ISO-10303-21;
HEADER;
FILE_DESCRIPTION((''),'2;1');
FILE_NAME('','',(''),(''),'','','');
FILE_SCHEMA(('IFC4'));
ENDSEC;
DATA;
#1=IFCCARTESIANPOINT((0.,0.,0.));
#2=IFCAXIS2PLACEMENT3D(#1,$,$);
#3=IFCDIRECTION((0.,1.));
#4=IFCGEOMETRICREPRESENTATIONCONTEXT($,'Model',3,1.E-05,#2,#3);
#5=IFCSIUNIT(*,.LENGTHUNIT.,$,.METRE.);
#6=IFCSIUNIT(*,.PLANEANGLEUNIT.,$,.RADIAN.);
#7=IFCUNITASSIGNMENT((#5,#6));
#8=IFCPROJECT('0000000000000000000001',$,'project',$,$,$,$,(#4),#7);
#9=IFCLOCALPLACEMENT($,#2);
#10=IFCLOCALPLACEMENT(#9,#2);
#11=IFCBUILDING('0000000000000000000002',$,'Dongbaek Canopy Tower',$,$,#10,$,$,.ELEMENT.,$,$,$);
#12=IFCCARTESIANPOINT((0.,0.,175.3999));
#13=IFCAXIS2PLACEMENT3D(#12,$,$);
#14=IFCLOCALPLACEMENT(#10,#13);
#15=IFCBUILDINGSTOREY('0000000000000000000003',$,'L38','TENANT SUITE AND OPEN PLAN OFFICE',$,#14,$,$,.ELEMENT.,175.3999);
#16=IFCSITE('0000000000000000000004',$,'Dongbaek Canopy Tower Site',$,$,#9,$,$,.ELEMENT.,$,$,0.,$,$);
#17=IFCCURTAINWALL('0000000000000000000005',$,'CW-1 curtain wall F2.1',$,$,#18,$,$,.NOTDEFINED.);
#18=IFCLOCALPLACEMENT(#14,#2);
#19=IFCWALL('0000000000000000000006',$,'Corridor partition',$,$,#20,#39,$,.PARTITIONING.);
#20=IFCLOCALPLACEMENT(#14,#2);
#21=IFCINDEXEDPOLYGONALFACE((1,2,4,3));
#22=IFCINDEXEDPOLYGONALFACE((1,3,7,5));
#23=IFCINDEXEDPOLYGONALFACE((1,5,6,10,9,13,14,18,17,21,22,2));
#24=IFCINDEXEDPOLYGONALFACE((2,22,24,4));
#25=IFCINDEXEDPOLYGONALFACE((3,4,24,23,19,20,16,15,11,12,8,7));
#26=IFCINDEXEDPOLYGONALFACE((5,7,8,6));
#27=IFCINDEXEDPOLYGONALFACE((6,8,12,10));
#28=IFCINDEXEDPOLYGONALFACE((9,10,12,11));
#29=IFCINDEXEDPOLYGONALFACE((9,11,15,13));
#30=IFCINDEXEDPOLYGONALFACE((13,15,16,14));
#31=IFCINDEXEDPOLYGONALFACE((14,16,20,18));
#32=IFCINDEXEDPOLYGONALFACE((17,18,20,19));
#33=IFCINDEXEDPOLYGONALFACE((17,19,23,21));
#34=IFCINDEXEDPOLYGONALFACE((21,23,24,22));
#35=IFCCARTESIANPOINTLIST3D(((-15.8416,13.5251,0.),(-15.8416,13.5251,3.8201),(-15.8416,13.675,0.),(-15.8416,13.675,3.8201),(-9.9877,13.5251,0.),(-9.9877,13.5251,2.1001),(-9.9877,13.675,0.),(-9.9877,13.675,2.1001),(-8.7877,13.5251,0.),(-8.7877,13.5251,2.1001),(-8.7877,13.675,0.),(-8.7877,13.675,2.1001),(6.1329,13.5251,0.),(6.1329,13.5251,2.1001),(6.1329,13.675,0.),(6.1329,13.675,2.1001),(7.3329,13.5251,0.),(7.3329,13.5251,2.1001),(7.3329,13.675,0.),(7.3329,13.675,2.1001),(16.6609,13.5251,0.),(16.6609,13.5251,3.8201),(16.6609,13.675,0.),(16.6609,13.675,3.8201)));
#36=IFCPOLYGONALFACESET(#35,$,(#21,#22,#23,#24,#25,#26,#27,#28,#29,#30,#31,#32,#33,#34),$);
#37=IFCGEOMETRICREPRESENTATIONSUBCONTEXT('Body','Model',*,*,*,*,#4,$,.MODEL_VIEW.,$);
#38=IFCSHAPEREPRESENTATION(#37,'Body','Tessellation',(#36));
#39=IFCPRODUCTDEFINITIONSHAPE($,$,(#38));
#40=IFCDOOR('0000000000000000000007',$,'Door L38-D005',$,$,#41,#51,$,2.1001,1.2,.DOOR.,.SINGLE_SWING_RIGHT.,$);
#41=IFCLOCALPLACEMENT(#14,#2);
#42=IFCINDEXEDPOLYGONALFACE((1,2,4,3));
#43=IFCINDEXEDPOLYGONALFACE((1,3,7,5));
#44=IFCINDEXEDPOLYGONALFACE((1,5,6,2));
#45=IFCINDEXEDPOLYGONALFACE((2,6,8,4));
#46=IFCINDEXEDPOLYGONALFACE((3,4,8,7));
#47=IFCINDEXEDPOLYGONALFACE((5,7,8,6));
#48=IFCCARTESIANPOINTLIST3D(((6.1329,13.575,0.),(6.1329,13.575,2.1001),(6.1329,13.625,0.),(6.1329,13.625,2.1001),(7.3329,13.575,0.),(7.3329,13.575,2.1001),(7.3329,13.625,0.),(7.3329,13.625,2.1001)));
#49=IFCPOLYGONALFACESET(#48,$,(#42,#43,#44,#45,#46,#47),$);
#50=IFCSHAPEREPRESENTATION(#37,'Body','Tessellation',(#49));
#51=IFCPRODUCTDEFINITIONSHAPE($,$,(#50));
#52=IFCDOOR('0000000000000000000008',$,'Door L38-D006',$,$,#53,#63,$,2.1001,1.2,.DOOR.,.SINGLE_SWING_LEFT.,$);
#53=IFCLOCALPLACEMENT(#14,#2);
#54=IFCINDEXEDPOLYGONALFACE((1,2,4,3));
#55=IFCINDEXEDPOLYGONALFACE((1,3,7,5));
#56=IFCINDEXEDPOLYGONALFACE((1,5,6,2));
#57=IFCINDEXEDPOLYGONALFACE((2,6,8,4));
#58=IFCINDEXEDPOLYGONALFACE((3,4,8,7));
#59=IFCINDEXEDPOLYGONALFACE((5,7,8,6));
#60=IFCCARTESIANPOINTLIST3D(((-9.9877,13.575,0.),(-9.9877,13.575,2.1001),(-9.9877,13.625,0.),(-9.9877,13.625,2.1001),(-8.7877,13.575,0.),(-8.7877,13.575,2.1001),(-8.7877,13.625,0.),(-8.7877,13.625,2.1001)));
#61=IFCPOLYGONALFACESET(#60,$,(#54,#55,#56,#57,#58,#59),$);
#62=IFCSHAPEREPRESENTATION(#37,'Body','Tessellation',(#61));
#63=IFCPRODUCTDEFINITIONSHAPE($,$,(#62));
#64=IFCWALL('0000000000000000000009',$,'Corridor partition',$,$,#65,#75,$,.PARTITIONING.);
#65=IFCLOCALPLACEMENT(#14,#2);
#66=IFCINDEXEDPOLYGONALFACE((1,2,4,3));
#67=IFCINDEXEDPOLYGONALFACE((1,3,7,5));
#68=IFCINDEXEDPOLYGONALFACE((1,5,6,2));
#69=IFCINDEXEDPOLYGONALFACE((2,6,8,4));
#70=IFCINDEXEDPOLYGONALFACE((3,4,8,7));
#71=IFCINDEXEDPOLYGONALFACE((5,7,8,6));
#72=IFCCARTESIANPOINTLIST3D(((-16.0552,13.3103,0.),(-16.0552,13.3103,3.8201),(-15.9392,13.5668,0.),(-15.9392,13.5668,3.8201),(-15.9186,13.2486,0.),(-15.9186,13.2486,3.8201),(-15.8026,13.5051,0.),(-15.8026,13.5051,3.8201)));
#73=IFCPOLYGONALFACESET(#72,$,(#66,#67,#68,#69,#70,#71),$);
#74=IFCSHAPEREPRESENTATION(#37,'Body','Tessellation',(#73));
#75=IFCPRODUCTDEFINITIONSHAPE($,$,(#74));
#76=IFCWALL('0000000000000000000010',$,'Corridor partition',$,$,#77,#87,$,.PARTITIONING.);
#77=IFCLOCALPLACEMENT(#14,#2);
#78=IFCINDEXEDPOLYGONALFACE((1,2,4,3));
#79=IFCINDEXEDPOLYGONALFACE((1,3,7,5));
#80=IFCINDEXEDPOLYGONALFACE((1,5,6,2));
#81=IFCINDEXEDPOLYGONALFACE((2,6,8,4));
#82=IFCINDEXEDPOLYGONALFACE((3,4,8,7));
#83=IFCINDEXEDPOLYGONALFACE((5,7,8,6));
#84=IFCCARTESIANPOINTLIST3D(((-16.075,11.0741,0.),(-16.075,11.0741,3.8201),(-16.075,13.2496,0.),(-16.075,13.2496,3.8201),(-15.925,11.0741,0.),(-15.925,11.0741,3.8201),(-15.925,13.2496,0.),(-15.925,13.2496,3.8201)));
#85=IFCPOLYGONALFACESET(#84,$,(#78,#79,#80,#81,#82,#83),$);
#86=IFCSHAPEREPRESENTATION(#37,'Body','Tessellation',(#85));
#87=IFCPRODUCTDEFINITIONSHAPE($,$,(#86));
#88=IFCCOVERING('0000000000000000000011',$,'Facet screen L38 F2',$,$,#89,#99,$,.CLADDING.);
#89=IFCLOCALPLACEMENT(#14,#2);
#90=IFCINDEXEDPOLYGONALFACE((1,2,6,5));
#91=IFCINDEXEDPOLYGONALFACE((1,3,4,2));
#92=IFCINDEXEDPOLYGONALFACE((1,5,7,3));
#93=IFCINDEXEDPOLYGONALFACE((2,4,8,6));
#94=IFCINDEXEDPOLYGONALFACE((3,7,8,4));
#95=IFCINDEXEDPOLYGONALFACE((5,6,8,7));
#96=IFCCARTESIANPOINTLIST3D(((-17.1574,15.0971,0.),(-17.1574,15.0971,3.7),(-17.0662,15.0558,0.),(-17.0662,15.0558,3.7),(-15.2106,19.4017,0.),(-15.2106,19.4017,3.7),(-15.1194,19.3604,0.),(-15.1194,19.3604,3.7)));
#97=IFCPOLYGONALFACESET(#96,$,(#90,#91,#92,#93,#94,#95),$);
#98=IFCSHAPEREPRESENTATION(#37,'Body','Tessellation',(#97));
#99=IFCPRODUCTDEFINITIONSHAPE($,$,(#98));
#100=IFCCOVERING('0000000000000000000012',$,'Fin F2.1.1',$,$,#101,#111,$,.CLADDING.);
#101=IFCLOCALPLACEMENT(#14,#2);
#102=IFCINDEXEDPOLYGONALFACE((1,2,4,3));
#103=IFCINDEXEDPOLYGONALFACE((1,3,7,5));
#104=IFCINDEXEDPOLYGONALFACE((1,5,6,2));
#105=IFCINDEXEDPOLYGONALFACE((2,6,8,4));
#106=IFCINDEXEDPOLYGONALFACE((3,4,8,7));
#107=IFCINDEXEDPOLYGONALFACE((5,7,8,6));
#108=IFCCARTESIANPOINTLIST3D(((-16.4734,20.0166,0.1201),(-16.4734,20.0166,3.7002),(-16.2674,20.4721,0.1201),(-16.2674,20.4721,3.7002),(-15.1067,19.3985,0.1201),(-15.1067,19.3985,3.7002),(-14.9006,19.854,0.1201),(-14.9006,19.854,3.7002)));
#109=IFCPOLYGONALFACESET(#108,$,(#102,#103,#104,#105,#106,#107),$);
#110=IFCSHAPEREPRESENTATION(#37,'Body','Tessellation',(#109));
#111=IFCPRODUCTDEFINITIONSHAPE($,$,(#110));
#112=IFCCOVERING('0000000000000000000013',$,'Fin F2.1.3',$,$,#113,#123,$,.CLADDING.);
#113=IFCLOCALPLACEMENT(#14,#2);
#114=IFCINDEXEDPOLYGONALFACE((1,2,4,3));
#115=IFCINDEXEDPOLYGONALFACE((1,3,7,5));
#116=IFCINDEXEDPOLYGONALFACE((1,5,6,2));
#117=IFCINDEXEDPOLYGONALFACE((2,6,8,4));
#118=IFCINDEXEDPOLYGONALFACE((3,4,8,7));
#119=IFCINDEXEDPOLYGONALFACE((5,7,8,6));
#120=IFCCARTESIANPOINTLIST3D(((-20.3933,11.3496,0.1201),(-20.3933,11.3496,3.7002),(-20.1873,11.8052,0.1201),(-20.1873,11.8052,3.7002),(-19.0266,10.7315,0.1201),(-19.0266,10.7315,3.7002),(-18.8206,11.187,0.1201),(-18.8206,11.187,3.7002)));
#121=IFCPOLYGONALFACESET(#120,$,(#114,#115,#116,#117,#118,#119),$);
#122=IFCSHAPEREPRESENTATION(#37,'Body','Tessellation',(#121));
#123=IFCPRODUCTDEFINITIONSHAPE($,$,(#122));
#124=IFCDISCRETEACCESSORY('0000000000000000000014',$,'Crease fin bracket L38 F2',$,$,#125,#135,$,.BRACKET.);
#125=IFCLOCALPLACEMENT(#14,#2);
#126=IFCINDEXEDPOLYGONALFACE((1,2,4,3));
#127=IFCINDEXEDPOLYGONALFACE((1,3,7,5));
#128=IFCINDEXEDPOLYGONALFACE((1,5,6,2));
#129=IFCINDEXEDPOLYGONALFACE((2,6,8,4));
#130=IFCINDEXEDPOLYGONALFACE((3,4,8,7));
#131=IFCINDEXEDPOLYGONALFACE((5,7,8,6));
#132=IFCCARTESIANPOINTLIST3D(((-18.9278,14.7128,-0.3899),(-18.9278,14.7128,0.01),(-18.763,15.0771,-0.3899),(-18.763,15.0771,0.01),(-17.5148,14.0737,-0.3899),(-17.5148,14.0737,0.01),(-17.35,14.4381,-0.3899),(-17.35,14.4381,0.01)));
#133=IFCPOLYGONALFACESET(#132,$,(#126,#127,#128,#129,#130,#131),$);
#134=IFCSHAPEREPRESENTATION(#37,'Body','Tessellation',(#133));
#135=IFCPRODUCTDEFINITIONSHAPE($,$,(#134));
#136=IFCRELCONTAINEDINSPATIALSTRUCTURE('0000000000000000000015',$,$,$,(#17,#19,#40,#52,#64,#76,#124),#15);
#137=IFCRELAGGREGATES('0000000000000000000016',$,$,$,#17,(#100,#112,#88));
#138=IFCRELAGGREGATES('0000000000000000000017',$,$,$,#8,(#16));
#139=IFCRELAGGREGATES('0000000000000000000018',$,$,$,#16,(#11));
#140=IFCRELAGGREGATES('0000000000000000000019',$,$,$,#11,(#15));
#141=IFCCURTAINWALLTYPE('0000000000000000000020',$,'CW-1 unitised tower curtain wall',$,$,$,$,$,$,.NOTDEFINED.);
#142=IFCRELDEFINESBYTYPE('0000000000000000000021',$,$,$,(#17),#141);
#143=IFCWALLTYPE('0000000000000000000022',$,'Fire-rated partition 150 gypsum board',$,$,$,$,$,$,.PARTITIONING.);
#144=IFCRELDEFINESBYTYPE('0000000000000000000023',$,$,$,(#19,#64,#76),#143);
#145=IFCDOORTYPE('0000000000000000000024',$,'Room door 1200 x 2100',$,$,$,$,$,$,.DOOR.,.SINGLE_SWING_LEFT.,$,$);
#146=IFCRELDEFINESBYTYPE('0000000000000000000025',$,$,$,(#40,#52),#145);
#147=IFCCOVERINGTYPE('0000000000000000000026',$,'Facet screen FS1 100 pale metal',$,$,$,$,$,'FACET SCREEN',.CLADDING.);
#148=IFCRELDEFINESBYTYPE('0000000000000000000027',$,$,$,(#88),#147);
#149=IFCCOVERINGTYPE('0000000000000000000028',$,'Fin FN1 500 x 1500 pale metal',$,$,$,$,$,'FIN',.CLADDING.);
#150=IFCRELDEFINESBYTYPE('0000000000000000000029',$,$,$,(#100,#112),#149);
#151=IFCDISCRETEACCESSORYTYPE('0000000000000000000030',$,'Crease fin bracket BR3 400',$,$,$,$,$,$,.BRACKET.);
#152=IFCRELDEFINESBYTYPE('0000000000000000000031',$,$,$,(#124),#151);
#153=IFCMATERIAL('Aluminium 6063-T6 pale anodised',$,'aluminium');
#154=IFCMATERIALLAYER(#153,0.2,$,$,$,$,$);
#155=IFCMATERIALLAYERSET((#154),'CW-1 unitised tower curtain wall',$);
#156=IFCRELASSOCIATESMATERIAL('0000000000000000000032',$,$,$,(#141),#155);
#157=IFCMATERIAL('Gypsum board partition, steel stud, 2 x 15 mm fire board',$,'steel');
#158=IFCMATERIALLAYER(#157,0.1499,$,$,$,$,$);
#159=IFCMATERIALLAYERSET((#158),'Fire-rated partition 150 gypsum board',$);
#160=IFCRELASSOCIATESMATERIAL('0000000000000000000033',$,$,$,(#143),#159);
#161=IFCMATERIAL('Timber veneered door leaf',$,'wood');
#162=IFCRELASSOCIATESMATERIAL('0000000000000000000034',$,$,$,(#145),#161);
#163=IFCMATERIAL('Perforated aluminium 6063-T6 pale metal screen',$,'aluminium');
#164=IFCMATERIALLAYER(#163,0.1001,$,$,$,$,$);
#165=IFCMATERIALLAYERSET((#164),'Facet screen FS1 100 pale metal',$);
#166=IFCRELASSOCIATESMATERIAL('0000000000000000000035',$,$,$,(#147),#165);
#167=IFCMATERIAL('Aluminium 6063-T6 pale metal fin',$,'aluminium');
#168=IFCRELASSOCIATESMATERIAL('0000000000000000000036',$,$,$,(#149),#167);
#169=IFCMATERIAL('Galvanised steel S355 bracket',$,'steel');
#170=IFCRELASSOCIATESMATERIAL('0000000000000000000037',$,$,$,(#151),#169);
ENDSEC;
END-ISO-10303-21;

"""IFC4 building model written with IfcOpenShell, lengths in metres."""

from ifc_helpers import new_model, si_unit, direction, frame, frame_2d, origin, origin_2d, place, context, subcontext, project, spatial, rectangle, extrude, material, layer, layer_set, material_profile, profile_set, type_object, element, fill, aggregate, save


model = new_model("IFC4")

# Units and contexts
model_context = context("Model", 3, precision=1e-05, world=origin(), true_north=direction((0.0, 1.0)))
body_context = subcontext(model_context, "Body", "Model", "MODEL_VIEW")
ifc_project = project(units=[si_unit("LENGTHUNIT", "METRE"), si_unit("PLANEANGLEUNIT", "RADIAN")], contexts=[model_context])

# Site, building, storey
site_placement = place(None, origin())
site = spatial("IfcSite", under=ifc_project, at=site_placement, Name="Dongbaek Canopy Tower Site", CompositionType="ELEMENT", RefElevation=0.0)
building_placement = place(site_placement, origin())
building = spatial("IfcBuilding", under=site, at=building_placement, Name="Dongbaek Canopy Tower", CompositionType="ELEMENT")
storey_placement = place(building_placement, frame((0.0, 0.0, 175.3999)))
storey = spatial("IfcBuildingStorey", under=building, at=storey_placement, Name="L38", Description="TENANT SUITE AND OPEN PLAN OFFICE", CompositionType="ELEMENT", Elevation=175.3999)

# Curtain wall
ifc_material_1 = material(Name="Aluminium 6063-T6 pale anodised", Category="aluminium")
ifc_layer_1 = layer(ifc_material_1, 0.2)
ifc_layer_set_1 = layer_set([ifc_layer_1], Name="CW-1 unitised tower curtain wall")
curtain_wall_type = type_object("IfcCurtainWallType", Name="CW-1 unitised tower curtain wall", PredefinedType="NOTDEFINED", material=ifc_layer_set_1)
curtain_wall_1_placement = place(storey_placement, origin())
curtain_wall_1 = element("IfcCurtainWall", 1, at=curtain_wall_1_placement, inside=storey, type_object=curtain_wall_type, Name="CW-1 curtain wall F2.1", PredefinedType="NOTDEFINED")

# Wall, openings, doors
ifc_material_2 = material(Name="Gypsum board partition, steel stud, 2 x 15 mm fire board", Category="steel")
ifc_layer_2 = layer(ifc_material_2, 0.1499)
ifc_layer_set_2 = layer_set([ifc_layer_2], Name="Fire-rated partition 150 gypsum board")
wall_type = type_object("IfcWallType", Name="Fire-rated partition 150 gypsum board", PredefinedType="PARTITIONING", material=ifc_layer_set_2)
wall_1_placement = place(storey_placement, frame((-15.8416, 13.6001, 0.0), z_axis=(0.0, 0.0, 1.0), x_axis=(1.0, 0.0, 0.0)))
wall_1 = element("IfcWall", 2, at=wall_1_placement, inside=storey, type_object=wall_type, Name="Corridor partition", PredefinedType="PARTITIONING", context=body_context, shape_type="SweptSolid", body=[
    extrude(rectangle(XDim=32.5024, YDim=0.1499, at=frame_2d((16.2512, 0.0))), origin(), (0.0, 0.0, 1.0), 3.8201),
])
opening_1_placement = place(wall_1_placement, frame((21.9744, 0.0, 0.0)))
opening_1 = element("IfcOpeningElement", 3, at=opening_1_placement, cuts=wall_1, PredefinedType="OPENING", context=body_context, shape_type="SweptSolid", body=[
    extrude(rectangle(XDim=1.2, YDim=2.1001, at=frame_2d((0.6001, 1.05))), frame((0.0, 0.085, 0.0), z_axis=(0.0, -1.0, 0.0), x_axis=(1.0, 0.0, 0.0)), (0.0, 0.0, 1.0), 0.1699),
])
opening_2_placement = place(wall_1_placement, frame((5.8538, 0.0, 0.0)))
opening_2 = element("IfcOpeningElement", 4, at=opening_2_placement, cuts=wall_1, PredefinedType="OPENING", context=body_context, shape_type="SweptSolid", body=[
    extrude(rectangle(XDim=1.2, YDim=2.1001, at=frame_2d((0.6001, 1.05))), frame((0.0, 0.085, 0.0), z_axis=(0.0, -1.0, 0.0), x_axis=(1.0, 0.0, 0.0)), (0.0, 0.0, 1.0), 0.1699),
])
ifc_material_3 = material(Name="Timber veneered door leaf", Category="wood")
door_type = type_object("IfcDoorType", Name="Room door 1200 x 2100", OperationType="SINGLE_SWING_LEFT", PredefinedType="DOOR", material=ifc_material_3)
door_1_placement = place(opening_1_placement, origin())
door_1 = element("IfcDoor", 5, at=door_1_placement, inside=storey, type_object=door_type, Name="Door L38-D005", OperationType="SINGLE_SWING_RIGHT", OverallHeight=2.1001, OverallWidth=1.2, PredefinedType="DOOR", context=body_context, shape_type="SweptSolid", body=[
    extrude(rectangle(XDim=1.2, YDim=2.1001, at=frame_2d((0.6001, 1.05))), frame((0.0, 0.0249, 0.0), z_axis=(0.0, -1.0, 0.0), x_axis=(1.0, 0.0, 0.0)), (0.0, 0.0, 1.0), 0.05),
])
fill(opening_1, door_1)
door_2_placement = place(opening_2_placement, origin())
door_2 = element("IfcDoor", 6, at=door_2_placement, inside=storey, type_object=door_type, Name="Door L38-D006", OperationType="SINGLE_SWING_LEFT", OverallHeight=2.1001, OverallWidth=1.2, PredefinedType="DOOR", context=body_context, shape_type="SweptSolid", body=[
    extrude(rectangle(XDim=1.2, YDim=2.1001, at=frame_2d((0.6001, 1.05))), frame((0.0, 0.0249, 0.0), z_axis=(0.0, -1.0, 0.0), x_axis=(1.0, 0.0, 0.0)), (0.0, 0.0, 1.0), 0.05),
])
fill(opening_2, door_2)

# Walls
wall_2_placement = place(storey_placement, frame((-15.9868, 13.2795, 0.0), z_axis=(0.0, 0.0, 1.0), x_axis=(0.411842, 0.911255, 0.0)))
element("IfcWall", 7, at=wall_2_placement, inside=storey, type_object=wall_type, Name="Corridor partition", PredefinedType="PARTITIONING", context=body_context, shape_type="SweptSolid", body=[
    extrude(rectangle(XDim=0.2815, YDim=0.1499, at=frame_2d((0.1406, 0.0))), origin(), (0.0, 0.0, 1.0), 3.8201),
])
wall_3_placement = place(storey_placement, frame((-16.0, 11.074, 0.0), z_axis=(0.0, 0.0, 1.0), x_axis=(0.0, 1.0, 0.0)))
element("IfcWall", 8, at=wall_3_placement, inside=storey, type_object=wall_type, Name="Corridor partition", PredefinedType="PARTITIONING", context=body_context, shape_type="SweptSolid", body=[
    extrude(rectangle(XDim=2.1755, YDim=0.1499, at=frame_2d((1.0879, 0.0))), origin(), (0.0, 0.0, 1.0), 3.8201),
])

# Coverings
ifc_material_4 = material(Name="Perforated aluminium 6063-T6 pale metal screen", Category="aluminium")
ifc_layer_3 = layer(ifc_material_4, 0.1001)
ifc_layer_set_3 = layer_set([ifc_layer_3], Name="Facet screen FS1 100 pale metal")
covering_type_1 = type_object("IfcCoveringType", Name="Facet screen FS1 100 pale metal", ElementType="FACET SCREEN", PredefinedType="CLADDING", material=ifc_layer_set_3)
covering_1_placement = place(storey_placement, frame((-16.1384, 17.2288, 0.0), z_axis=(0.0, 0.0, 1.0), x_axis=(-0.412081, -0.911147, 0.0)))
covering_1 = element("IfcCovering", 9, at=covering_1_placement, type_object=covering_type_1, Name="Facet screen L38 F2", PredefinedType="CLADDING", context=body_context, shape_type="SweptSolid", body=[
    extrude(rectangle(XDim=4.7244, YDim=0.1001, at=origin_2d()), origin(), (0.0, 0.0, 1.0), 3.7),
])
ifc_material_5 = material(Name="Aluminium 6063-T6 pale metal fin", Category="aluminium")
ifc_material_profile_1 = material_profile(ifc_material_5, rectangle(XDim=1.5, YDim=0.5, at=origin_2d()), Name="Fin FN1 500 x 1500 pale metal")
ifc_profile_set_1 = profile_set([ifc_material_profile_1], Name="Aluminium 6063-T6 pale metal fin")
covering_type_2 = type_object("IfcCoveringType", Name="Fin FN1 500 x 1500 pale metal", ElementType="FIN", PredefinedType="CLADDING", material=ifc_profile_set_1)
covering_2_placement = place(storey_placement, frame((-15.687, 19.9353, 0.1201), z_axis=(0.0, 0.0, 1.0), x_axis=(-0.911148, 0.41208, 0.0)))
covering_2 = element("IfcCovering", 10, at=covering_2_placement, type_object=covering_type_2, Name="Fin F2.1.1", PredefinedType="CLADDING", context=body_context, shape_type="SweptSolid", body=[
    extrude(rectangle(XDim=1.5, YDim=0.5, at=origin_2d()), origin(), (0.0, 0.0, 1.0), 3.5801),
])
covering_3_placement = place(storey_placement, frame((-19.6069, 11.2683, 0.1201), z_axis=(0.0, 0.0, 1.0), x_axis=(-0.911148, 0.41208, 0.0)))
covering_3 = element("IfcCovering", 11, at=covering_3_placement, type_object=covering_type_2, Name="Fin F2.1.3", PredefinedType="CLADDING", context=body_context, shape_type="SweptSolid", body=[
    extrude(rectangle(XDim=1.5, YDim=0.5, at=origin_2d()), origin(), (0.0, 0.0, 1.0), 3.5801),
])
aggregate(curtain_wall_1, [covering_2, covering_3, covering_1])

# Discrete accessory
ifc_material_6 = material(Name="Galvanised steel S355 bracket", Category="steel")
discrete_accessory_type = type_object("IfcDiscreteAccessoryType", Name="Crease fin bracket BR3 400", PredefinedType="BRACKET", material=ifc_material_6)
discrete_accessory_placement = place(storey_placement, frame((-18.1389, 14.5754, -0.3899), z_axis=(0.0, 0.0, 1.0), x_axis=(-0.911147, 0.412081, 0.0)))
element("IfcDiscreteAccessory", 12, at=discrete_accessory_placement, inside=storey, type_object=discrete_accessory_type, Name="Crease fin bracket L38 F2", PredefinedType="BRACKET", context=body_context, shape_type="SweptSolid", body=[
    extrude(rectangle(XDim=1.5508, YDim=0.3999, at=origin_2d()), origin(), (0.0, 0.0, 1.0), 0.3999),
])

save(model, "model.ifc")
